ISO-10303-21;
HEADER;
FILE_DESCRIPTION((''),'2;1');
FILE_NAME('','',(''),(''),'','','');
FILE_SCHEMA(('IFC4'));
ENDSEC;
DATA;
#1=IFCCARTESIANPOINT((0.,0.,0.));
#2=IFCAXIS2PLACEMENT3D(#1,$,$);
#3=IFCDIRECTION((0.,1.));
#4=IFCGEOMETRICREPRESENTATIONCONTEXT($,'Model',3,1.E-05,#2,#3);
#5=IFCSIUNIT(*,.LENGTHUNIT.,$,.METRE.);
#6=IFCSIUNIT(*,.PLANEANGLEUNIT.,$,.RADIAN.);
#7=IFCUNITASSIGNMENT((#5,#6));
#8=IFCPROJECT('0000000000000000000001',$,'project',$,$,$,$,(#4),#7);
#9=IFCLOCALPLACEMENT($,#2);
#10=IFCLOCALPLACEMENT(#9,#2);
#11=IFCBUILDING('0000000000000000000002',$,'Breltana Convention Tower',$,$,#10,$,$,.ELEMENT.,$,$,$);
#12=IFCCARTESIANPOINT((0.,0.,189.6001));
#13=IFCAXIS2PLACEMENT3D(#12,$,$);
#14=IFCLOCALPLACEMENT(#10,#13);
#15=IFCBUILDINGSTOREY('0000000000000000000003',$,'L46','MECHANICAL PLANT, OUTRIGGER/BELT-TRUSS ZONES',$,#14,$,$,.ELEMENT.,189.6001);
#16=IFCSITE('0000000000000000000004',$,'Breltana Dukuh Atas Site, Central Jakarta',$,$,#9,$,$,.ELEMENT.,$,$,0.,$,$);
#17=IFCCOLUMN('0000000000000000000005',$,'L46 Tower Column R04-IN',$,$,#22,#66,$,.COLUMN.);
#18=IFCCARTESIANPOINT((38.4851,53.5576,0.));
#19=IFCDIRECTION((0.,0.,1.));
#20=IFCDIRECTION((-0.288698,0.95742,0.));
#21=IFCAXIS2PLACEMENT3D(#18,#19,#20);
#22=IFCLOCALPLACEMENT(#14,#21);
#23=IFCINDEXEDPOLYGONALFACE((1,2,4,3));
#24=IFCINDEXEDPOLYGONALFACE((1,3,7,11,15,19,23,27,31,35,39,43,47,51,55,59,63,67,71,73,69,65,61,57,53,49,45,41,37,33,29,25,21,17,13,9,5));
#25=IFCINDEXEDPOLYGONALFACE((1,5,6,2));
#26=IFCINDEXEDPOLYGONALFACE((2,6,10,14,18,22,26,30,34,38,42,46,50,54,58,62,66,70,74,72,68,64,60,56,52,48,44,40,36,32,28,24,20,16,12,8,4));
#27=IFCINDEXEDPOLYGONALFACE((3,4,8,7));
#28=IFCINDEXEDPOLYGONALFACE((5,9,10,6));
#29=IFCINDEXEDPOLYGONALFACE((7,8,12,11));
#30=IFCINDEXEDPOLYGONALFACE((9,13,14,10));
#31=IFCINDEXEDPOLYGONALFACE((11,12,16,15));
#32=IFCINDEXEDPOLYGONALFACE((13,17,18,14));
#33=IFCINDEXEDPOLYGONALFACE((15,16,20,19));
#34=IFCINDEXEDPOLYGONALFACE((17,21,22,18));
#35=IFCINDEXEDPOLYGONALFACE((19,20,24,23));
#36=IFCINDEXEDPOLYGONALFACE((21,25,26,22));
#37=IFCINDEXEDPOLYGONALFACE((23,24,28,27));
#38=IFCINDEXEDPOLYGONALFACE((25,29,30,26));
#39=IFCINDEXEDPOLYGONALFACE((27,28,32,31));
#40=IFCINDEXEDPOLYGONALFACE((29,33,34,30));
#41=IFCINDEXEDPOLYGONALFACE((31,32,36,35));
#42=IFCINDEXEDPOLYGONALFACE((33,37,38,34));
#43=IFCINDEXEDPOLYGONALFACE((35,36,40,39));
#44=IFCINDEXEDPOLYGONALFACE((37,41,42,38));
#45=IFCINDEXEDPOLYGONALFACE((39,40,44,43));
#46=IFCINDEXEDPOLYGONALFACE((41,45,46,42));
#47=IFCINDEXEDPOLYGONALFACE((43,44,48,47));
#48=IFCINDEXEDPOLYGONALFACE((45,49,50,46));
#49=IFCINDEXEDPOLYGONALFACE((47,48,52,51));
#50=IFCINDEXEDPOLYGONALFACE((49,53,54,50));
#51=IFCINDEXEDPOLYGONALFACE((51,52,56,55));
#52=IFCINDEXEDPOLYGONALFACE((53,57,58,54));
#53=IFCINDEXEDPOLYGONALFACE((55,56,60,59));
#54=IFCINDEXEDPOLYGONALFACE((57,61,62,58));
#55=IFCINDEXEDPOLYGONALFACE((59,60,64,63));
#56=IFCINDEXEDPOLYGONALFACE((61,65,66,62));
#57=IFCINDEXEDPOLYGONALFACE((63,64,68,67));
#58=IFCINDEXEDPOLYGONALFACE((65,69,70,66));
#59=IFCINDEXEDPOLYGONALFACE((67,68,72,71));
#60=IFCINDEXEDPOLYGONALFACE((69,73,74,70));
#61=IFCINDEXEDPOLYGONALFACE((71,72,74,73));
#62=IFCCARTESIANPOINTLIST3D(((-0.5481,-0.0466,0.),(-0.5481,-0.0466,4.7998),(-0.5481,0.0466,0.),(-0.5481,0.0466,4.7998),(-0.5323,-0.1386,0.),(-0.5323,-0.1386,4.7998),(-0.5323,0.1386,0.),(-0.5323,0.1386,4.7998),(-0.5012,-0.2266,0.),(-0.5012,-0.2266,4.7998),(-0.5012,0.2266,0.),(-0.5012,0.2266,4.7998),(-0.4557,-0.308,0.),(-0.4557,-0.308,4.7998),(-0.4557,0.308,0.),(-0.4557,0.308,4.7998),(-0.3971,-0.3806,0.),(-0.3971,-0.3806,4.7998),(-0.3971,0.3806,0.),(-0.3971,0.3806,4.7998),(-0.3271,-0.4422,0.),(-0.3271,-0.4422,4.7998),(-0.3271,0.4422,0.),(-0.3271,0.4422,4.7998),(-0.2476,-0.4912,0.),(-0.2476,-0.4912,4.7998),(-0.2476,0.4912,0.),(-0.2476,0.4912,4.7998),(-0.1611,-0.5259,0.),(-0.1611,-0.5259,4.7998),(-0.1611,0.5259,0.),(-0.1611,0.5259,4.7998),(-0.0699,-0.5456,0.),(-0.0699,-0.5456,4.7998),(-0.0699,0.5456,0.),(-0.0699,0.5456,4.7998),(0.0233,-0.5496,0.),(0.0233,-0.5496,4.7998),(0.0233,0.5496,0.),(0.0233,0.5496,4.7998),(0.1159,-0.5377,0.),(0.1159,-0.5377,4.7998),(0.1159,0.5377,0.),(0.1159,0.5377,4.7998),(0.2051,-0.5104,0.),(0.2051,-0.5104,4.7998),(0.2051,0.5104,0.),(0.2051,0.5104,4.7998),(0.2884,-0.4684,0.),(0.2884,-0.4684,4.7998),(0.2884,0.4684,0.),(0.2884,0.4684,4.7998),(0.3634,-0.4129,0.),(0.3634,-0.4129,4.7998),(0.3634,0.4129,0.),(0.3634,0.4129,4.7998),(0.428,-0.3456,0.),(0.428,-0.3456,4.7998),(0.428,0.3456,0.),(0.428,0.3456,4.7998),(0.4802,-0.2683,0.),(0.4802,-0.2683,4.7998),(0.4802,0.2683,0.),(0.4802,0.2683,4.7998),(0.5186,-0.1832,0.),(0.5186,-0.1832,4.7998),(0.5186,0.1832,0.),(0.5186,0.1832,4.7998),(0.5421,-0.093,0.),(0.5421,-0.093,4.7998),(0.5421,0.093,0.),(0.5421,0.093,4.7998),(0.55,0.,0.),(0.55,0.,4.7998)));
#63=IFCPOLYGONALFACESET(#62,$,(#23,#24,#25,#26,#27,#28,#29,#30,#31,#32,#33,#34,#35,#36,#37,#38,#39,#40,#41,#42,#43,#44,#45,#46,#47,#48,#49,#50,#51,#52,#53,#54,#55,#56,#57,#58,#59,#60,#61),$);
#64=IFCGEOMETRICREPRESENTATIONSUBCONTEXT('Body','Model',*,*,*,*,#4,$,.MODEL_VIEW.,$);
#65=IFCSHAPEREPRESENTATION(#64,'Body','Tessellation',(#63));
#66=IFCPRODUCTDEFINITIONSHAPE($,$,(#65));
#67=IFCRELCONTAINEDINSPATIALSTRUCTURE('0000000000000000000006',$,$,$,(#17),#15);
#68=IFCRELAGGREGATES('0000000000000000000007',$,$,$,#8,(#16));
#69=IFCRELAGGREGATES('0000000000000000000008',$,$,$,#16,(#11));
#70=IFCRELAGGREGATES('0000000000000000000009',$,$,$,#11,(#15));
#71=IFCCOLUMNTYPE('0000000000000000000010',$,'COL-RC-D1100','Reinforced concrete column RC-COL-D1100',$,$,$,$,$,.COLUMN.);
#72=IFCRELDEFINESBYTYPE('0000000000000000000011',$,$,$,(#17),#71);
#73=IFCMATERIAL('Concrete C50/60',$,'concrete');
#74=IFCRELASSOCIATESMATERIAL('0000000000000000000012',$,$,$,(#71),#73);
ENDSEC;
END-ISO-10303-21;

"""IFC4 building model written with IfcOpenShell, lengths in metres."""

from ifc_helpers import new_model, si_unit, direction, frame, origin, origin_2d, place, context, subcontext, project, spatial, circle, extrude, source, transform, mapped, material, material_profile, profile_set, type_object, element, save


model = new_model("IFC4")

# Units and contexts
model_context = context("Model", 3, precision=1e-05, world=origin(), true_north=direction((0.0, 1.0)))
body_context = subcontext(model_context, "Body", "Model", "MODEL_VIEW")
ifc_project = project(units=[si_unit("LENGTHUNIT", "METRE"), si_unit("PLANEANGLEUNIT", "RADIAN")], contexts=[model_context])

# Site, building, storey
site_placement = place(None, origin())
site = spatial("IfcSite", under=ifc_project, at=site_placement, Name="Breltana Dukuh Atas Site, Central Jakarta", CompositionType="ELEMENT", RefElevation=0.0)
building_placement = place(site_placement, origin())
building = spatial("IfcBuilding", under=site, at=building_placement, Name="Breltana Convention Tower", CompositionType="ELEMENT")
storey_placement = place(building_placement, frame((0.0, 0.0, 189.6001)))
storey = spatial("IfcBuildingStorey", under=building, at=storey_placement, Name="L46", Description="MECHANICAL PLANT, OUTRIGGER/BELT-TRUSS ZONES", CompositionType="ELEMENT", Elevation=189.6001)

# Column
ifc_material_1 = material(Name="Concrete C50/60", Category="concrete")
ifc_material_profile_1 = material_profile(ifc_material_1, circle(Radius=0.55, at=origin_2d()), Name="RC-COL-D1100")
ifc_profile_set_1 = profile_set([ifc_material_profile_1], Name="Concrete C50/60")
column_type = type_object("IfcColumnType", Name="COL-RC-D1100", Description="Reinforced concrete column RC-COL-D1100", PredefinedType="COLUMN", material=ifc_profile_set_1)
shared_shape_1 = source(origin(), body_context, "Body", "SweptSolid", [
    extrude(circle(Radius=0.55, at=origin_2d()), origin(), (0.0, 0.0, 1.0), 4.7998),
])
for number, where, z_axis, x_axis, name in (
    (1, (38.4851, 53.5576, 0.0), (0.0, 0.0, 1.0), (-0.288698, 0.95742, 0.0), "L46 Tower Column R04-IN"),
):
    element("IfcColumn", number, at=place(storey_placement, frame(where, z_axis=z_axis, x_axis=x_axis)), inside=storey, type_object=column_type, Name=name, PredefinedType="COLUMN", context=body_context, shape_type="MappedRepresentation", body=[
        mapped(shared_shape_1, transform((0.0, 0.0, 0.0), scale=1.0)),
    ])

save(model, "model.ifc")
